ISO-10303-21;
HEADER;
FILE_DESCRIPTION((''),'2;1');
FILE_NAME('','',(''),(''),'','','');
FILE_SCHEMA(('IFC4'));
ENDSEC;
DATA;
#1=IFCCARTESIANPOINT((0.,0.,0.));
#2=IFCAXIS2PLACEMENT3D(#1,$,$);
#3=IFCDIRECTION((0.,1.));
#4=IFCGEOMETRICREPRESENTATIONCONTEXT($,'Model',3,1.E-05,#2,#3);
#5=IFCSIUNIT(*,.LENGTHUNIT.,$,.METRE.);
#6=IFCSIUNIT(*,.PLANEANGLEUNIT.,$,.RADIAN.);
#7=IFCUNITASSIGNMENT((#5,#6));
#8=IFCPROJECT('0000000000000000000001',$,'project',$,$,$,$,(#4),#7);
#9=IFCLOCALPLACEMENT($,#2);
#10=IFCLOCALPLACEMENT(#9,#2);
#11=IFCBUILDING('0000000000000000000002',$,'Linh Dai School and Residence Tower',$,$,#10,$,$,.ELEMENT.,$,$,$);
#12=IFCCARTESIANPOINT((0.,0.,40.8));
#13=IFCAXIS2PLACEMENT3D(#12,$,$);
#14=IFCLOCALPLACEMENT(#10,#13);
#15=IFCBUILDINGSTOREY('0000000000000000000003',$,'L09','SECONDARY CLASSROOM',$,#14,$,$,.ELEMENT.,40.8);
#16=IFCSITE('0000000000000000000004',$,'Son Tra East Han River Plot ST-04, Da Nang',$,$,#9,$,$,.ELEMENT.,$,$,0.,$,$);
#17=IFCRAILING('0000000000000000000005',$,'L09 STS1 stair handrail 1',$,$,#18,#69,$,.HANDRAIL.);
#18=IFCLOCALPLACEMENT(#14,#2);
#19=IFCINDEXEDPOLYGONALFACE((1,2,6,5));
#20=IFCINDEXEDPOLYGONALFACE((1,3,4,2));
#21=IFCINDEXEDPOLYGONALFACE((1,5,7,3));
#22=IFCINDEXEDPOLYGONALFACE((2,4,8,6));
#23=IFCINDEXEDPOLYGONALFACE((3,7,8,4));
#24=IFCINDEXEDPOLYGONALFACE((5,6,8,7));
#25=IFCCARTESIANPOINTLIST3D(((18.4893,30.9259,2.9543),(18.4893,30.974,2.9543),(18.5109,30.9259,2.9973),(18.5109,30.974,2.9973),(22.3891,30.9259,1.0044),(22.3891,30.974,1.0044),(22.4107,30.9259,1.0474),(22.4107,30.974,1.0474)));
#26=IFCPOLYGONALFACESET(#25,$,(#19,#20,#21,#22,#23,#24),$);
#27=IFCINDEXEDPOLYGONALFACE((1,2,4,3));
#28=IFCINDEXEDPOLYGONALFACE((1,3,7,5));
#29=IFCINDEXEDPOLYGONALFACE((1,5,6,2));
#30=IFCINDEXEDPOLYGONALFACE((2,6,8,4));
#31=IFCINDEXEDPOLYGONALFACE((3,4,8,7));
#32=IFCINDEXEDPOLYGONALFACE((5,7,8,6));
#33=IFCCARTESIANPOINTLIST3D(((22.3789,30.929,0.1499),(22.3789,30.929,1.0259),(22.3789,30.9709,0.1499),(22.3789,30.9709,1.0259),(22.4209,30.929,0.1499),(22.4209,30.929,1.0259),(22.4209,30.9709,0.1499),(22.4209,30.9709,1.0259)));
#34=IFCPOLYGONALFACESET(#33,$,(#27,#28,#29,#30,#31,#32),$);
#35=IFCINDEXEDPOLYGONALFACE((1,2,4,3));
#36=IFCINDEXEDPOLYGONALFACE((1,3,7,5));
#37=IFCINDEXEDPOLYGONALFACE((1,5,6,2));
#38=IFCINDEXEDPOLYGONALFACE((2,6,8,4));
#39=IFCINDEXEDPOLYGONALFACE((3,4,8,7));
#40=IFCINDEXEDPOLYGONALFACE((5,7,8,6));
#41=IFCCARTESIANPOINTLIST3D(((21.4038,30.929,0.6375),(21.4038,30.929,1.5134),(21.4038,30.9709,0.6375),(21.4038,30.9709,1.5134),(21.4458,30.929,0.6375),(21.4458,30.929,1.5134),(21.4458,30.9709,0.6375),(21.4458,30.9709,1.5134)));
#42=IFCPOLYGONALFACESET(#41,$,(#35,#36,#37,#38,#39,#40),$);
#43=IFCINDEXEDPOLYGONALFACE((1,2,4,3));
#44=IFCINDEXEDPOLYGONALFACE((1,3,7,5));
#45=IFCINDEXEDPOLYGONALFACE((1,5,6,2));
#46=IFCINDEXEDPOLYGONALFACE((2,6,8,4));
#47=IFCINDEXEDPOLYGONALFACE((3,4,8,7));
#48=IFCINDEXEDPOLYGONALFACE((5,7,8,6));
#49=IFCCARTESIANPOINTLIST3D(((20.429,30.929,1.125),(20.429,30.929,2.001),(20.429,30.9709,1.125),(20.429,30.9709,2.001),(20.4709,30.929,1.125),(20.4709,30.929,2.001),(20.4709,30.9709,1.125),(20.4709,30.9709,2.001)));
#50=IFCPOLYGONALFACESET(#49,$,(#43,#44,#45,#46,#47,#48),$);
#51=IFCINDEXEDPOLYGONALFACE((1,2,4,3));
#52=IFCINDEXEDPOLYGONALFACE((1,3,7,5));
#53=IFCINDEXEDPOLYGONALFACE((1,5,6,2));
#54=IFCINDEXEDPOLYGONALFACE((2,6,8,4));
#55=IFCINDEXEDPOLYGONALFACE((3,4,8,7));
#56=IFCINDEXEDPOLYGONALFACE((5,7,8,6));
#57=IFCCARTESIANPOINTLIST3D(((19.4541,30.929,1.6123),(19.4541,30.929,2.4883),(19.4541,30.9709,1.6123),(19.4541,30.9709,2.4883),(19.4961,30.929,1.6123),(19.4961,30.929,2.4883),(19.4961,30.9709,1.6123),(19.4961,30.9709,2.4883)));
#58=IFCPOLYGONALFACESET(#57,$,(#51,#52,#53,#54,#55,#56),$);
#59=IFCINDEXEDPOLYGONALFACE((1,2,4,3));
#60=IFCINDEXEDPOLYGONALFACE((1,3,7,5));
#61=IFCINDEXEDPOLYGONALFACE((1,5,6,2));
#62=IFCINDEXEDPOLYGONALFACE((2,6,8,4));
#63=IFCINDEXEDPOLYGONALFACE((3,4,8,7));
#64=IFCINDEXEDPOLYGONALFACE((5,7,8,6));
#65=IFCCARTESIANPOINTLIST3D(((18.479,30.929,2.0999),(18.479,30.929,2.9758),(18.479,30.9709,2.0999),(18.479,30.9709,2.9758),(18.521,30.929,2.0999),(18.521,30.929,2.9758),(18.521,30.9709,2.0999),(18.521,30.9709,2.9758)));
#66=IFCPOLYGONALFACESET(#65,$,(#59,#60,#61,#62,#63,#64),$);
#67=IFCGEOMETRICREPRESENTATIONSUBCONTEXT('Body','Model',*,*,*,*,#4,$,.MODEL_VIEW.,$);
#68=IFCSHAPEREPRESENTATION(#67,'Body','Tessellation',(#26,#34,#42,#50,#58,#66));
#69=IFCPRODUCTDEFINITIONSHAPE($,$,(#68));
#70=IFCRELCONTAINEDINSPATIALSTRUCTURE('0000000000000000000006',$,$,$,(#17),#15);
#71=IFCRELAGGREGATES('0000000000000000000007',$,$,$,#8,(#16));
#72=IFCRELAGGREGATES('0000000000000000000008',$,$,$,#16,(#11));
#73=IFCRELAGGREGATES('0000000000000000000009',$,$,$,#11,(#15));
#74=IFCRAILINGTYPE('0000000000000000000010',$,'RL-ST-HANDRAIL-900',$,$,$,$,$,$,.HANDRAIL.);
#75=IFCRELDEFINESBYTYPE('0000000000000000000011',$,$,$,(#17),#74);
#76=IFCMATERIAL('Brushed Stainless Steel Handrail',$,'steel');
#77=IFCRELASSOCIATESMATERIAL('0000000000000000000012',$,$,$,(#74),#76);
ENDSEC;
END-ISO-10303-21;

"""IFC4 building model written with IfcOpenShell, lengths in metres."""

from ifc_helpers import new_model, si_unit, direction, frame, origin, origin_2d, place, context, subcontext, project, spatial, rectangle, extrude, source, transform, mapped, material, type_object, element, save


model = new_model("IFC4")

# Units and contexts
model_context = context("Model", 3, precision=1e-05, world=origin(), true_north=direction((0.0, 1.0)))
body_context = subcontext(model_context, "Body", "Model", "MODEL_VIEW")
ifc_project = project(units=[si_unit("LENGTHUNIT", "METRE"), si_unit("PLANEANGLEUNIT", "RADIAN")], contexts=[model_context])

# Site, building, storey
site_placement = place(None, origin())
site = spatial("IfcSite", under=ifc_project, at=site_placement, Name="Son Tra East Han River Plot ST-04, Da Nang", CompositionType="ELEMENT", RefElevation=0.0)
building_placement = place(site_placement, origin())
building = spatial("IfcBuilding", under=site, at=building_placement, Name="Linh Dai School and Residence Tower", CompositionType="ELEMENT")
storey_placement = place(building_placement, frame((0.0, 0.0, 40.8)))
storey = spatial("IfcBuildingStorey", under=building, at=storey_placement, Name="L09", Description="SECONDARY CLASSROOM", CompositionType="ELEMENT", Elevation=40.8)

# Railing
ifc_material_1 = material(Name="Brushed Stainless Steel Handrail", Category="steel")
railing_type_1 = type_object("IfcRailingType", Name="RL-ST-HANDRAIL-900", PredefinedType="HANDRAIL", material=ifc_material_1)
shared_shape_1 = source(origin(), body_context, "Body", "SweptSolid", [
    extrude(rectangle(XDim=0.0481, YDim=0.0481, at=origin_2d()), frame((0.0, 0.0, 0.876), z_axis=(-0.894427, 0.0, 0.447214), x_axis=(0.0, -1.0, 0.0)), (0.0, 0.0, 1.0), 4.3601),
    extrude(rectangle(XDim=0.042, YDim=0.042, at=origin_2d()), origin(), (0.0, 0.0, 1.0), 0.876),
    extrude(rectangle(XDim=0.042, YDim=0.042, at=origin_2d()), frame((-0.9751, 0.0, 0.4875)), (0.0, 0.0, 1.0), 0.876),
    extrude(rectangle(XDim=0.042, YDim=0.042, at=origin_2d()), frame((-1.95, 0.0, 0.9751)), (0.0, 0.0, 1.0), 0.876),
    extrude(rectangle(XDim=0.042, YDim=0.042, at=origin_2d()), frame((-2.9248, 0.0, 1.4624)), (0.0, 0.0, 1.0), 0.876),
    extrude(rectangle(XDim=0.042, YDim=0.042, at=origin_2d()), frame((-3.8999, 0.0, 1.95)), (0.0, 0.0, 1.0), 0.876),
])
railing_1_placement = place(storey_placement, frame((22.3999, 30.95, 0.1499)))
element("IfcRailing", 1, at=railing_1_placement, inside=storey, type_object=railing_type_1, Name="L09 STS1 stair handrail 1", PredefinedType="HANDRAIL", context=body_context, shape_type="MappedRepresentation", body=[
    mapped(shared_shape_1, transform((0.0, 0.0, 0.0), x_axis=(1.0, 0.0, 0.0), y_axis=(0.0, 1.0, 0.0), z_axis=(0.0, 0.0, 1.0), scale=1.0)),
])

save(model, "model.ifc")
